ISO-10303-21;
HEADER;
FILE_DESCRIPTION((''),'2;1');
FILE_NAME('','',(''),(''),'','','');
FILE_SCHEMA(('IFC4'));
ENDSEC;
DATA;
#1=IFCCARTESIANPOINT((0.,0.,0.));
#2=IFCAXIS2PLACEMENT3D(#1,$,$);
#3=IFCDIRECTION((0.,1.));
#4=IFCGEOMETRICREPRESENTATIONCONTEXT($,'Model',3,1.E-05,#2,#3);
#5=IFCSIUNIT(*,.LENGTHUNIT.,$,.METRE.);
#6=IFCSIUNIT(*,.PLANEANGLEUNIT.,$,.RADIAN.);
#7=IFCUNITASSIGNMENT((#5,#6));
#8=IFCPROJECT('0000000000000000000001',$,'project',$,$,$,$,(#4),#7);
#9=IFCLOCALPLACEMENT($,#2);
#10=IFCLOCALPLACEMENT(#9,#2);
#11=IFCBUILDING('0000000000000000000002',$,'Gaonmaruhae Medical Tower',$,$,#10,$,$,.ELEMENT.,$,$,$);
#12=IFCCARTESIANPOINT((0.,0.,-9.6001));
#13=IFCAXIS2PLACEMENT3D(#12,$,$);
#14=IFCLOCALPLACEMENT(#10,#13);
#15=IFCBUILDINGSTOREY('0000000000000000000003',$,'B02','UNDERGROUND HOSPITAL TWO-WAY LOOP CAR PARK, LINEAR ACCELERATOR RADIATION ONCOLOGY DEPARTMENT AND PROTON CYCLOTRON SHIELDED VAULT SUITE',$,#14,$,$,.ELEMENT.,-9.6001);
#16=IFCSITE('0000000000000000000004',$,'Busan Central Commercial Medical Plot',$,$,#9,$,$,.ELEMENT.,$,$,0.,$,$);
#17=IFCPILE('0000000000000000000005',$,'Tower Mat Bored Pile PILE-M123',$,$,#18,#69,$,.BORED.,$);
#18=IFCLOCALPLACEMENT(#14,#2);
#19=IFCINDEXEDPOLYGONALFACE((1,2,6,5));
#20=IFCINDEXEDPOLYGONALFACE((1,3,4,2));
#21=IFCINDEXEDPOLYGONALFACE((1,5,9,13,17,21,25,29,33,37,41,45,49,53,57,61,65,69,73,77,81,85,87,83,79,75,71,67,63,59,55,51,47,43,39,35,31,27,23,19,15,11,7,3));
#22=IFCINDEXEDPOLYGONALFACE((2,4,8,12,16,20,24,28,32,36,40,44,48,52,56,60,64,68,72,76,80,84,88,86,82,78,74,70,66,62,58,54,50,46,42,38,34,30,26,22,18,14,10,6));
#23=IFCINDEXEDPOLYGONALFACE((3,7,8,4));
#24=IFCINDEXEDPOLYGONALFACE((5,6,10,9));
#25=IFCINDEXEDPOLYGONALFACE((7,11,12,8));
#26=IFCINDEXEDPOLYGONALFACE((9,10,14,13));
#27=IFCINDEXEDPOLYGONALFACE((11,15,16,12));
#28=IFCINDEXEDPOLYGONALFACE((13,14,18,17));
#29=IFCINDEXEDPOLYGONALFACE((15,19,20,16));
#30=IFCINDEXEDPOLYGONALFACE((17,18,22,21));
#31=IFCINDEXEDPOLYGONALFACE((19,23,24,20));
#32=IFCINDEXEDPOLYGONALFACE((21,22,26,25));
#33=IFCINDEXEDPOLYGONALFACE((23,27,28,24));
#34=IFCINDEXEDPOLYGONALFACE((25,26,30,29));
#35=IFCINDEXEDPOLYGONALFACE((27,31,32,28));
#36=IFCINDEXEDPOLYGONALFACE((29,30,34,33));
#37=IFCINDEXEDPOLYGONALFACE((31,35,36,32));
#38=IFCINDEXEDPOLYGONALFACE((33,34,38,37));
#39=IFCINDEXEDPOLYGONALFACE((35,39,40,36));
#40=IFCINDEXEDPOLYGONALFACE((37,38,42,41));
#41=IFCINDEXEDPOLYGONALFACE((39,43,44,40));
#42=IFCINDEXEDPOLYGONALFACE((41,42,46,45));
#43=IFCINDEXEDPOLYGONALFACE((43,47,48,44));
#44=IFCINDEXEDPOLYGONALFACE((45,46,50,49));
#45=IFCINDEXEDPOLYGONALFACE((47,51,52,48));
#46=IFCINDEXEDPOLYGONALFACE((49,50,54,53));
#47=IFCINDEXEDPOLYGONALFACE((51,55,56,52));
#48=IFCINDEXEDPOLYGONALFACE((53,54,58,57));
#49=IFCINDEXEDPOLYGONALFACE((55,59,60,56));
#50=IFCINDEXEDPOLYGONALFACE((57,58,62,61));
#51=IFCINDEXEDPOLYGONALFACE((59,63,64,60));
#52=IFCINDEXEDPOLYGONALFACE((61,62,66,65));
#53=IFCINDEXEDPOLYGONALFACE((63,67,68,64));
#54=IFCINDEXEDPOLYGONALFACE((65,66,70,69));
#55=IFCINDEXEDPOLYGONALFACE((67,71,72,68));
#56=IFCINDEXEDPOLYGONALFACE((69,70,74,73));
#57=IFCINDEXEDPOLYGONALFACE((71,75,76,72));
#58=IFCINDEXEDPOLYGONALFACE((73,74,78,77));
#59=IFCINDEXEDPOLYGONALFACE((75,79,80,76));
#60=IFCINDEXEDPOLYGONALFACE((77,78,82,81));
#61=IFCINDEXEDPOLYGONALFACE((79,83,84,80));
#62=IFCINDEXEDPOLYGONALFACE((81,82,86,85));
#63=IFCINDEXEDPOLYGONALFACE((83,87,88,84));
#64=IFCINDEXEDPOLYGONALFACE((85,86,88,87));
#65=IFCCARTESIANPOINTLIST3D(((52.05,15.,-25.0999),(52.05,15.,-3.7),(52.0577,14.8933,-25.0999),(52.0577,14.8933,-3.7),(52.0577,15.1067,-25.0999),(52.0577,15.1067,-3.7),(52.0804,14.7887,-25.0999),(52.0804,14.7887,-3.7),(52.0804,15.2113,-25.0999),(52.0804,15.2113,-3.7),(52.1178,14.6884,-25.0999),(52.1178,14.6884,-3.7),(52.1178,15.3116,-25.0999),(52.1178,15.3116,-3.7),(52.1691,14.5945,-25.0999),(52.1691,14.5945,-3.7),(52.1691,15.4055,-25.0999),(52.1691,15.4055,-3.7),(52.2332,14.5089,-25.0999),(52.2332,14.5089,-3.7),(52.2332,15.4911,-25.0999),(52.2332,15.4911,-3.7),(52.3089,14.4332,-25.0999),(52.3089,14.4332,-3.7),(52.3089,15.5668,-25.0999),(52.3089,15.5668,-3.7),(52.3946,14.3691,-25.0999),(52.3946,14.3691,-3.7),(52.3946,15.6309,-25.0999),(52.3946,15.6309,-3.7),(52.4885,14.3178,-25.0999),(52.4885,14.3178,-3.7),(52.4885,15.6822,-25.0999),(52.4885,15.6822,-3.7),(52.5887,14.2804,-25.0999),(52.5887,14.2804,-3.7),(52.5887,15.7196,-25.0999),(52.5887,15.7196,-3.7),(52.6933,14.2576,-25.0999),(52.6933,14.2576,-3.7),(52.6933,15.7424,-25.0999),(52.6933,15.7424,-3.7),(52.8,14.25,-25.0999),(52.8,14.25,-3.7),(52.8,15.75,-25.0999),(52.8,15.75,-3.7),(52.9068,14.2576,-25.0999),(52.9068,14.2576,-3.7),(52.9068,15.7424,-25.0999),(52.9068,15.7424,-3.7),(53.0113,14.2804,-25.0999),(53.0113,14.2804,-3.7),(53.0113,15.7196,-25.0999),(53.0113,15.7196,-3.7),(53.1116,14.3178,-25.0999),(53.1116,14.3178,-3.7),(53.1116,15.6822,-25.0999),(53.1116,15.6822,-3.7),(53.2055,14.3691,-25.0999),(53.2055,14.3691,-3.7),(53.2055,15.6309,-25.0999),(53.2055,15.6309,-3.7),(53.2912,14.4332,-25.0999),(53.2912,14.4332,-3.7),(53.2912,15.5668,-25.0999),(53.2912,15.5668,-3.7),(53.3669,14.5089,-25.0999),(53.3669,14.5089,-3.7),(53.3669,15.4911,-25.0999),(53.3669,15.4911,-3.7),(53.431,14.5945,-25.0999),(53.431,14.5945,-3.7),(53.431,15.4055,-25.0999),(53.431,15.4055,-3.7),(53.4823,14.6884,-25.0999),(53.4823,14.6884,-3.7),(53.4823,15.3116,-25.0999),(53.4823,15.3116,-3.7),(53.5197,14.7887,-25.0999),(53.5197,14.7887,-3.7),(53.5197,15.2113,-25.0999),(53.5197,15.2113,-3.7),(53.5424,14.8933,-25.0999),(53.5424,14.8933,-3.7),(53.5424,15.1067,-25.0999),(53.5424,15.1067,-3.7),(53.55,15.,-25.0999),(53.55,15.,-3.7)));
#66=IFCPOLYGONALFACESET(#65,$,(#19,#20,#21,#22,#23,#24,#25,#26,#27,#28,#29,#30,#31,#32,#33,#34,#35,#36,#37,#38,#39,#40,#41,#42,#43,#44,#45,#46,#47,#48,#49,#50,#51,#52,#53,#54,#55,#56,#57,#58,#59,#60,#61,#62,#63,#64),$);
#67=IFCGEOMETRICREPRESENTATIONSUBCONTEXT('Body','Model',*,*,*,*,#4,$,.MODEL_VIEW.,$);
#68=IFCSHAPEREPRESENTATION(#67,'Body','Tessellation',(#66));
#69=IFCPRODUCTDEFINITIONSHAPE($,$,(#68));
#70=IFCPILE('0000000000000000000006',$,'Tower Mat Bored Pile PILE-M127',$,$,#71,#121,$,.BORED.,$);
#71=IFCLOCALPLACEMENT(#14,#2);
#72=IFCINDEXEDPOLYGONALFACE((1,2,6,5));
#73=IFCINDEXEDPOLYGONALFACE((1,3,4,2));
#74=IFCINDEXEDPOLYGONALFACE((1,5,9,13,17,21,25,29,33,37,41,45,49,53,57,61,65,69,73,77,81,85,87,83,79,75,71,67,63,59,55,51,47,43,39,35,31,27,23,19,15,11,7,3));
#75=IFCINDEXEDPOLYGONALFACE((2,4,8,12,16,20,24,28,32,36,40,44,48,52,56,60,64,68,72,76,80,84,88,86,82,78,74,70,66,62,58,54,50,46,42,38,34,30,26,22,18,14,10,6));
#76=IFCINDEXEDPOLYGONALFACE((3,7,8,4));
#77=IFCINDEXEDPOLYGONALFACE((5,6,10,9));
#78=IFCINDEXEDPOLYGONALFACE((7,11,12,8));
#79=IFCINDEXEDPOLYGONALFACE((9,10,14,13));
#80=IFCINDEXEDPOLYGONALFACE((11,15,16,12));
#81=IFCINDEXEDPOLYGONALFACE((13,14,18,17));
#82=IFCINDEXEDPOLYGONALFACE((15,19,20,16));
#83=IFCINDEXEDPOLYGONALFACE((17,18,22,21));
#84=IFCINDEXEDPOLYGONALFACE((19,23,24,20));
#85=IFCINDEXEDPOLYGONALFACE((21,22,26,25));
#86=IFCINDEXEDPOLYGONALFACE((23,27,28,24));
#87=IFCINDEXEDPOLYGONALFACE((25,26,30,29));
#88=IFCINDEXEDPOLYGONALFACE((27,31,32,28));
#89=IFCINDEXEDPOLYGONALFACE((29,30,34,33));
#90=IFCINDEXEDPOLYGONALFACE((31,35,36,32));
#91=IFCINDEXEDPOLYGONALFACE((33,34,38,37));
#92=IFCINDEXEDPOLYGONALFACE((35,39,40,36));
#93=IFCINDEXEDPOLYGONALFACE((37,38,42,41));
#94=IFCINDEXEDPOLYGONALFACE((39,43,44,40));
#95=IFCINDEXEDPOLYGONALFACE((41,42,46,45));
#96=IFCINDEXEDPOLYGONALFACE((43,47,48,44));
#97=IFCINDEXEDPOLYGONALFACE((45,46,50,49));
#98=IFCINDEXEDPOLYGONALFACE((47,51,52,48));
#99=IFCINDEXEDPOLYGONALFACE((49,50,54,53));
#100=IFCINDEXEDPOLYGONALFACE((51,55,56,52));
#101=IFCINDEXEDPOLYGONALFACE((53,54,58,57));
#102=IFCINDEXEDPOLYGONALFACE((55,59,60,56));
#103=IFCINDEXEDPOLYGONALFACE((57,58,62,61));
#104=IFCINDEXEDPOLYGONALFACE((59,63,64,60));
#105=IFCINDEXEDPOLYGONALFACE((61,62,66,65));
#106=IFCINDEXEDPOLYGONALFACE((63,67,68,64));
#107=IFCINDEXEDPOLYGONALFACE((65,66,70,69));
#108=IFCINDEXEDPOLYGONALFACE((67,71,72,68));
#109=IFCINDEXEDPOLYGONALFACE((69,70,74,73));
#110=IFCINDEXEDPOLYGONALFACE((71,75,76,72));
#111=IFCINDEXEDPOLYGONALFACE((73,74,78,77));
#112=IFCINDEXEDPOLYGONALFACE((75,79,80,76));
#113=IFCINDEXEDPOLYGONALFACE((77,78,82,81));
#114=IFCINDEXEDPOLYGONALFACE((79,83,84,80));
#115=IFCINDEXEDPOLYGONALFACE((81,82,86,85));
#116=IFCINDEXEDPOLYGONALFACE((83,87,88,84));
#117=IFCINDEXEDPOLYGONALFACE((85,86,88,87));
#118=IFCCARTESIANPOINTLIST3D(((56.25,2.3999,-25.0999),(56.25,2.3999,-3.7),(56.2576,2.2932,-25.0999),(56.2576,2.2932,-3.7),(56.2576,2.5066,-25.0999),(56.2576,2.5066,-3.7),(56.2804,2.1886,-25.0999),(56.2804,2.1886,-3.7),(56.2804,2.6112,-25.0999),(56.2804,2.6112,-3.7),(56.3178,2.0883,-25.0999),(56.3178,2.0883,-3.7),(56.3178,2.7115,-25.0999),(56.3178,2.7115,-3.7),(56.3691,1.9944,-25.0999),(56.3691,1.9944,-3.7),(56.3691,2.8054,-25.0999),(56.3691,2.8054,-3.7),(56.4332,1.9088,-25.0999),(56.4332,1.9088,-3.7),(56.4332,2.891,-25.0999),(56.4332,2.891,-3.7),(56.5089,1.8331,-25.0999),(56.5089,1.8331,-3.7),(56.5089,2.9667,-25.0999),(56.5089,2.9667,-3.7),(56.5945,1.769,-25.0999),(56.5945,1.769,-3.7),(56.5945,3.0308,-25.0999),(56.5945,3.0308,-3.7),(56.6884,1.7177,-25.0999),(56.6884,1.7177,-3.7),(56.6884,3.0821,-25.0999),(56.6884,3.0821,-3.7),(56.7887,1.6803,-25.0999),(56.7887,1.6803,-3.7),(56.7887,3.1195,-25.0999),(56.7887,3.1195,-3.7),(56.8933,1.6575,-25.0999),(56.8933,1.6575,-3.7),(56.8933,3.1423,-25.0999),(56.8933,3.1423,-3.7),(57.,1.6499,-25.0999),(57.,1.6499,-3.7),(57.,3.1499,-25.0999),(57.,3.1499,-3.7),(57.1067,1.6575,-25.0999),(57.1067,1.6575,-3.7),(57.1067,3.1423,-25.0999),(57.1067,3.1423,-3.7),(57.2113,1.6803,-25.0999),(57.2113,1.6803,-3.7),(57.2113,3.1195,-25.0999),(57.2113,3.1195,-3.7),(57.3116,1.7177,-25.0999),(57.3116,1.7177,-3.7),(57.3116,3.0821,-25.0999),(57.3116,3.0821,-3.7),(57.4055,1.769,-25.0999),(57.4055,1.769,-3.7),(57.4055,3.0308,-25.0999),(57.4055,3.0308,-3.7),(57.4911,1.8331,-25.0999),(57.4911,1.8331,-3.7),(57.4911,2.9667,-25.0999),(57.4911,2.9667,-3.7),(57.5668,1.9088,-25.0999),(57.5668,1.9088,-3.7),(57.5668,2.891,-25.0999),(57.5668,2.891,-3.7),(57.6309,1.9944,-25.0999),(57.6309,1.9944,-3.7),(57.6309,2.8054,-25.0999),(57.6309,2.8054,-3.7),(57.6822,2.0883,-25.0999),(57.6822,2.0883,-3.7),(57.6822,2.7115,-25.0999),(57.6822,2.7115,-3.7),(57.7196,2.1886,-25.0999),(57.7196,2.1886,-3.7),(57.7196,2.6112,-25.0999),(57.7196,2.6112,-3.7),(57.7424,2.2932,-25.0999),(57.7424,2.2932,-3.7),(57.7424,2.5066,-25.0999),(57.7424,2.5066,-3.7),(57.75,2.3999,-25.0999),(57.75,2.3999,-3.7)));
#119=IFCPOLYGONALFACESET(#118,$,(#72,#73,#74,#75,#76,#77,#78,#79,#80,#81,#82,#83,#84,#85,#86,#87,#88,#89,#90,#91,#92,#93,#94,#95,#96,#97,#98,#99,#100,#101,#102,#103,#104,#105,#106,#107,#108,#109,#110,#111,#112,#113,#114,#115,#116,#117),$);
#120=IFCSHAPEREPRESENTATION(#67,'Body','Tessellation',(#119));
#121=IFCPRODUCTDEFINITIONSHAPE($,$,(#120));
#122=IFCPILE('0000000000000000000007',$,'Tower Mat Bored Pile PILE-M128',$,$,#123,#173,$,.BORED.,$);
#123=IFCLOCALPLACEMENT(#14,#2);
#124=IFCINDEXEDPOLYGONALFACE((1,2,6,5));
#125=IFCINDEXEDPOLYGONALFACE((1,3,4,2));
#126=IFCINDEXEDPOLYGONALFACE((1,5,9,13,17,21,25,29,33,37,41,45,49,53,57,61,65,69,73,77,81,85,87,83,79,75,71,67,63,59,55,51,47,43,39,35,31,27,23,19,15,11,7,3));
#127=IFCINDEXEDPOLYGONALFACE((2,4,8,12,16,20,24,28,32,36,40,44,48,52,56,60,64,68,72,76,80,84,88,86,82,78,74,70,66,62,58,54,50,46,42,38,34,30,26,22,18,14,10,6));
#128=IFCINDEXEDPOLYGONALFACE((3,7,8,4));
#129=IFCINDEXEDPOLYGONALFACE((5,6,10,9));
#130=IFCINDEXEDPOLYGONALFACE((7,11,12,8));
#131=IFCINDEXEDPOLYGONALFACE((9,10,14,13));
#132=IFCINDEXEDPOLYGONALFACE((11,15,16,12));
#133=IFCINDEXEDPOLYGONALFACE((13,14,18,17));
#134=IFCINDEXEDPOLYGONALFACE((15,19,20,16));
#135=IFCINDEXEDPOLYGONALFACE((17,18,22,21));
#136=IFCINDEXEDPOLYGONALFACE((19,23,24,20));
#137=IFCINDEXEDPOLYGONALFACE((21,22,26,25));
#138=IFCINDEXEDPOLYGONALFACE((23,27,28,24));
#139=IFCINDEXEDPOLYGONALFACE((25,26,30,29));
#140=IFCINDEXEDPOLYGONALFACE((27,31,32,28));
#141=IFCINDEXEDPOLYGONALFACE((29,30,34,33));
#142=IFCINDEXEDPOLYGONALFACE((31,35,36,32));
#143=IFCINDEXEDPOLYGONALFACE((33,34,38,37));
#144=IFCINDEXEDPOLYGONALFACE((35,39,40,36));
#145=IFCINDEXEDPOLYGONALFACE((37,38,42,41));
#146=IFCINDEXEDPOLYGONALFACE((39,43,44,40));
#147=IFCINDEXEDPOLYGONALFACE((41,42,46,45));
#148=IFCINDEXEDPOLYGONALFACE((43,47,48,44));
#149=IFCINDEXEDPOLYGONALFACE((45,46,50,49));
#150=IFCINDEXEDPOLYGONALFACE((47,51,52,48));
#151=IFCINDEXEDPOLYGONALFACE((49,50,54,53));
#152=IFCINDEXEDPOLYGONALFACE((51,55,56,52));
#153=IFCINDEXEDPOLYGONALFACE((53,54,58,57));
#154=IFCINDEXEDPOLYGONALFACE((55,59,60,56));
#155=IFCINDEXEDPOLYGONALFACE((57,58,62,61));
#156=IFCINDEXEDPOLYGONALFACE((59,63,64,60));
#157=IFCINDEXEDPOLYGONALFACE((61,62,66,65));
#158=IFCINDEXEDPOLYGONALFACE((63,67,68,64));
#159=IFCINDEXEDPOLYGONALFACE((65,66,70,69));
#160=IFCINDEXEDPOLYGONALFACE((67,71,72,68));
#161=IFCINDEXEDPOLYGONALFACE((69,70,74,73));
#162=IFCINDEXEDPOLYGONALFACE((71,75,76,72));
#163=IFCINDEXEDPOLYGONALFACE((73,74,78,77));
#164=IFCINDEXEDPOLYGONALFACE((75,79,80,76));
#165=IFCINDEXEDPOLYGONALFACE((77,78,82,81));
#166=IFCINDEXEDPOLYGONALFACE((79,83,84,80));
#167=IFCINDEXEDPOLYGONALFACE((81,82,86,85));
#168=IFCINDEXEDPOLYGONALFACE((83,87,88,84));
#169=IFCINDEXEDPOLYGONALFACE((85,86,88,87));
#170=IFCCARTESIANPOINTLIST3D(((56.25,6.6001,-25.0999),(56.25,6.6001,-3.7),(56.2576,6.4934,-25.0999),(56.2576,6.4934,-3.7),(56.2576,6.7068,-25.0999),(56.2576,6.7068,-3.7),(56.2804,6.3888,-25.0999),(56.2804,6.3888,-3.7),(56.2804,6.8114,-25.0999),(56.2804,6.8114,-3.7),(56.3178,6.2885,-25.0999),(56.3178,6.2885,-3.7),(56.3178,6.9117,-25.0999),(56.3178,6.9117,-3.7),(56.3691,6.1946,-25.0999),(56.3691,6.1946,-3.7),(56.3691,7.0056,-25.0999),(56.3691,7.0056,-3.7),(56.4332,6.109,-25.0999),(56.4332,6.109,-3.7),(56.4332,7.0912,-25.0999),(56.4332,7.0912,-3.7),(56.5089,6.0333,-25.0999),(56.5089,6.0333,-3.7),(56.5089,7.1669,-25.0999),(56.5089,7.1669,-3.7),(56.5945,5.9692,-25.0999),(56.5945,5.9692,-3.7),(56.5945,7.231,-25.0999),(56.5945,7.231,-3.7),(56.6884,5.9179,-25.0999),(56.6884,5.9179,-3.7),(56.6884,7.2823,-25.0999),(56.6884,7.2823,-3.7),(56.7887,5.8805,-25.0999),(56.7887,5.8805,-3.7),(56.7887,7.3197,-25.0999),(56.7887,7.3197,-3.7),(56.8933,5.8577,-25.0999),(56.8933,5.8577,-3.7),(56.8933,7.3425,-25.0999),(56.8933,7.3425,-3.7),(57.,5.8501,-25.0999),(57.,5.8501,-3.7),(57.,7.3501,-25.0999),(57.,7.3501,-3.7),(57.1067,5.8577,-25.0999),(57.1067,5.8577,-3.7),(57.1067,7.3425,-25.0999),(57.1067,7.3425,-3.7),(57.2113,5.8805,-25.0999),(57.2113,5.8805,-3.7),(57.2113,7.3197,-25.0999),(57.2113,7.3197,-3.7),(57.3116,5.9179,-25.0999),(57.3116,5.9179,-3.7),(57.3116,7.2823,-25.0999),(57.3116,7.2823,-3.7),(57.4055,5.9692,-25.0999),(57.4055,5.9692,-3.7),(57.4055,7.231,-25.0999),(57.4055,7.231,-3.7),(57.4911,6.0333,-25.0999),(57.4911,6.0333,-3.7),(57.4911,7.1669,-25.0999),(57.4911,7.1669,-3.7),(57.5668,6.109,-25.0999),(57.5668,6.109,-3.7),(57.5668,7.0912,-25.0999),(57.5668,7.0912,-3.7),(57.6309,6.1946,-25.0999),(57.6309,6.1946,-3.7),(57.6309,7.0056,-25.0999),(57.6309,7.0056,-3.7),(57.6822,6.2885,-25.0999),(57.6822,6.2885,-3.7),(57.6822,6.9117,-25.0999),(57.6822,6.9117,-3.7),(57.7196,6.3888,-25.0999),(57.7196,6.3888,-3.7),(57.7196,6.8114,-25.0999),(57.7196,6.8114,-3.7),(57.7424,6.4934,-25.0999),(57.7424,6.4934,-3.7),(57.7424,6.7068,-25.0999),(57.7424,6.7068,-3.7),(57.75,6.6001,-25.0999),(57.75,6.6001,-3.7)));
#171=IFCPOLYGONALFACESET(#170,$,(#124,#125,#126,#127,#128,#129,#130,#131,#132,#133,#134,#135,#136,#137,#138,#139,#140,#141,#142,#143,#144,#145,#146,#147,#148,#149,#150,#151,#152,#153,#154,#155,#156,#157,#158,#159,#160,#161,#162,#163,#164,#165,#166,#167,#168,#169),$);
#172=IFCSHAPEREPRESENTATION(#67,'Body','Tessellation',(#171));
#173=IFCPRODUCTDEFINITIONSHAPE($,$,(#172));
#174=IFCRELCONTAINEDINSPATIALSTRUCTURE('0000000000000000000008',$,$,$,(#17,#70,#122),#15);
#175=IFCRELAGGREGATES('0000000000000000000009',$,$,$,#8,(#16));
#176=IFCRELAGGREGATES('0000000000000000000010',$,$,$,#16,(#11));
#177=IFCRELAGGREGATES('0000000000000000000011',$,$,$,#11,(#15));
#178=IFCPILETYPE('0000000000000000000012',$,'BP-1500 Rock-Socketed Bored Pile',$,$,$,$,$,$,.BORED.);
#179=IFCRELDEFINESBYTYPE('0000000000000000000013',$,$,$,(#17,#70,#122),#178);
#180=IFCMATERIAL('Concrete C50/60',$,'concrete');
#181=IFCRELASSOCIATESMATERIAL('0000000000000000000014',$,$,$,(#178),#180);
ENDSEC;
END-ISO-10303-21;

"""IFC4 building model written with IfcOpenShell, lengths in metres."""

from ifc_helpers import new_model, si_unit, direction, frame, origin, origin_2d, place, context, subcontext, project, spatial, circle, extrude, material, material_profile, profile_set, type_object, element, save


model = new_model("IFC4")

# Units and contexts
model_context = context("Model", 3, precision=1e-05, world=origin(), true_north=direction((0.0, 1.0)))
body_context = subcontext(model_context, "Body", "Model", "MODEL_VIEW")
ifc_project = project(units=[si_unit("LENGTHUNIT", "METRE"), si_unit("PLANEANGLEUNIT", "RADIAN")], contexts=[model_context])

# Site, building, storey
site_placement = place(None, origin())
site = spatial("IfcSite", under=ifc_project, at=site_placement, Name="Busan Central Commercial Medical Plot", CompositionType="ELEMENT", RefElevation=0.0)
building_placement = place(site_placement, origin())
building = spatial("IfcBuilding", under=site, at=building_placement, Name="Gaonmaruhae Medical Tower", CompositionType="ELEMENT")
storey_placement = place(building_placement, frame((0.0, 0.0, -9.6001)))
storey = spatial("IfcBuildingStorey", under=building, at=storey_placement, Name="B02", Description="UNDERGROUND HOSPITAL TWO-WAY LOOP CAR PARK, LINEAR ACCELERATOR RADIATION ONCOLOGY DEPARTMENT AND PROTON CYCLOTRON SHIELDED VAULT SUITE", CompositionType="ELEMENT", Elevation=-9.6001)

# Piles
ifc_material_1 = material(Name="Concrete C50/60", Category="concrete")
ifc_material_profile_1 = material_profile(ifc_material_1, circle(Radius=0.75, at=origin_2d()), Name="PILE-D1500")
ifc_profile_set_1 = profile_set([ifc_material_profile_1], Name="Concrete C50/60")
pile_type = type_object("IfcPileType", Name="BP-1500 Rock-Socketed Bored Pile", PredefinedType="BORED", material=ifc_profile_set_1)
for number, where, z_axis, x_axis, name in (
    (1, (52.8, 15.0, -3.7), (0.0, 0.0, -1.0), (1.0, 0.0, 0.0), "Tower Mat Bored Pile PILE-M123"),
    (2, (57.0, 2.3999, -3.7), (0.0, 0.0, -1.0), (1.0, 0.0, 0.0), "Tower Mat Bored Pile PILE-M127"),
    (3, (57.0, 6.6001, -3.7), (0.0, 0.0, -1.0), (1.0, 0.0, 0.0), "Tower Mat Bored Pile PILE-M128"),
):
    element("IfcPile", number, at=place(storey_placement, frame(where, z_axis=z_axis, x_axis=x_axis)), inside=storey, type_object=pile_type, Name=name, PredefinedType="BORED", context=body_context, shape_type="SweptSolid", body=[
        extrude(circle(Radius=0.75, at=origin_2d()), origin(), (0.0, 0.0, 1.0), 21.3999),
    ])

save(model, "model.ifc")
